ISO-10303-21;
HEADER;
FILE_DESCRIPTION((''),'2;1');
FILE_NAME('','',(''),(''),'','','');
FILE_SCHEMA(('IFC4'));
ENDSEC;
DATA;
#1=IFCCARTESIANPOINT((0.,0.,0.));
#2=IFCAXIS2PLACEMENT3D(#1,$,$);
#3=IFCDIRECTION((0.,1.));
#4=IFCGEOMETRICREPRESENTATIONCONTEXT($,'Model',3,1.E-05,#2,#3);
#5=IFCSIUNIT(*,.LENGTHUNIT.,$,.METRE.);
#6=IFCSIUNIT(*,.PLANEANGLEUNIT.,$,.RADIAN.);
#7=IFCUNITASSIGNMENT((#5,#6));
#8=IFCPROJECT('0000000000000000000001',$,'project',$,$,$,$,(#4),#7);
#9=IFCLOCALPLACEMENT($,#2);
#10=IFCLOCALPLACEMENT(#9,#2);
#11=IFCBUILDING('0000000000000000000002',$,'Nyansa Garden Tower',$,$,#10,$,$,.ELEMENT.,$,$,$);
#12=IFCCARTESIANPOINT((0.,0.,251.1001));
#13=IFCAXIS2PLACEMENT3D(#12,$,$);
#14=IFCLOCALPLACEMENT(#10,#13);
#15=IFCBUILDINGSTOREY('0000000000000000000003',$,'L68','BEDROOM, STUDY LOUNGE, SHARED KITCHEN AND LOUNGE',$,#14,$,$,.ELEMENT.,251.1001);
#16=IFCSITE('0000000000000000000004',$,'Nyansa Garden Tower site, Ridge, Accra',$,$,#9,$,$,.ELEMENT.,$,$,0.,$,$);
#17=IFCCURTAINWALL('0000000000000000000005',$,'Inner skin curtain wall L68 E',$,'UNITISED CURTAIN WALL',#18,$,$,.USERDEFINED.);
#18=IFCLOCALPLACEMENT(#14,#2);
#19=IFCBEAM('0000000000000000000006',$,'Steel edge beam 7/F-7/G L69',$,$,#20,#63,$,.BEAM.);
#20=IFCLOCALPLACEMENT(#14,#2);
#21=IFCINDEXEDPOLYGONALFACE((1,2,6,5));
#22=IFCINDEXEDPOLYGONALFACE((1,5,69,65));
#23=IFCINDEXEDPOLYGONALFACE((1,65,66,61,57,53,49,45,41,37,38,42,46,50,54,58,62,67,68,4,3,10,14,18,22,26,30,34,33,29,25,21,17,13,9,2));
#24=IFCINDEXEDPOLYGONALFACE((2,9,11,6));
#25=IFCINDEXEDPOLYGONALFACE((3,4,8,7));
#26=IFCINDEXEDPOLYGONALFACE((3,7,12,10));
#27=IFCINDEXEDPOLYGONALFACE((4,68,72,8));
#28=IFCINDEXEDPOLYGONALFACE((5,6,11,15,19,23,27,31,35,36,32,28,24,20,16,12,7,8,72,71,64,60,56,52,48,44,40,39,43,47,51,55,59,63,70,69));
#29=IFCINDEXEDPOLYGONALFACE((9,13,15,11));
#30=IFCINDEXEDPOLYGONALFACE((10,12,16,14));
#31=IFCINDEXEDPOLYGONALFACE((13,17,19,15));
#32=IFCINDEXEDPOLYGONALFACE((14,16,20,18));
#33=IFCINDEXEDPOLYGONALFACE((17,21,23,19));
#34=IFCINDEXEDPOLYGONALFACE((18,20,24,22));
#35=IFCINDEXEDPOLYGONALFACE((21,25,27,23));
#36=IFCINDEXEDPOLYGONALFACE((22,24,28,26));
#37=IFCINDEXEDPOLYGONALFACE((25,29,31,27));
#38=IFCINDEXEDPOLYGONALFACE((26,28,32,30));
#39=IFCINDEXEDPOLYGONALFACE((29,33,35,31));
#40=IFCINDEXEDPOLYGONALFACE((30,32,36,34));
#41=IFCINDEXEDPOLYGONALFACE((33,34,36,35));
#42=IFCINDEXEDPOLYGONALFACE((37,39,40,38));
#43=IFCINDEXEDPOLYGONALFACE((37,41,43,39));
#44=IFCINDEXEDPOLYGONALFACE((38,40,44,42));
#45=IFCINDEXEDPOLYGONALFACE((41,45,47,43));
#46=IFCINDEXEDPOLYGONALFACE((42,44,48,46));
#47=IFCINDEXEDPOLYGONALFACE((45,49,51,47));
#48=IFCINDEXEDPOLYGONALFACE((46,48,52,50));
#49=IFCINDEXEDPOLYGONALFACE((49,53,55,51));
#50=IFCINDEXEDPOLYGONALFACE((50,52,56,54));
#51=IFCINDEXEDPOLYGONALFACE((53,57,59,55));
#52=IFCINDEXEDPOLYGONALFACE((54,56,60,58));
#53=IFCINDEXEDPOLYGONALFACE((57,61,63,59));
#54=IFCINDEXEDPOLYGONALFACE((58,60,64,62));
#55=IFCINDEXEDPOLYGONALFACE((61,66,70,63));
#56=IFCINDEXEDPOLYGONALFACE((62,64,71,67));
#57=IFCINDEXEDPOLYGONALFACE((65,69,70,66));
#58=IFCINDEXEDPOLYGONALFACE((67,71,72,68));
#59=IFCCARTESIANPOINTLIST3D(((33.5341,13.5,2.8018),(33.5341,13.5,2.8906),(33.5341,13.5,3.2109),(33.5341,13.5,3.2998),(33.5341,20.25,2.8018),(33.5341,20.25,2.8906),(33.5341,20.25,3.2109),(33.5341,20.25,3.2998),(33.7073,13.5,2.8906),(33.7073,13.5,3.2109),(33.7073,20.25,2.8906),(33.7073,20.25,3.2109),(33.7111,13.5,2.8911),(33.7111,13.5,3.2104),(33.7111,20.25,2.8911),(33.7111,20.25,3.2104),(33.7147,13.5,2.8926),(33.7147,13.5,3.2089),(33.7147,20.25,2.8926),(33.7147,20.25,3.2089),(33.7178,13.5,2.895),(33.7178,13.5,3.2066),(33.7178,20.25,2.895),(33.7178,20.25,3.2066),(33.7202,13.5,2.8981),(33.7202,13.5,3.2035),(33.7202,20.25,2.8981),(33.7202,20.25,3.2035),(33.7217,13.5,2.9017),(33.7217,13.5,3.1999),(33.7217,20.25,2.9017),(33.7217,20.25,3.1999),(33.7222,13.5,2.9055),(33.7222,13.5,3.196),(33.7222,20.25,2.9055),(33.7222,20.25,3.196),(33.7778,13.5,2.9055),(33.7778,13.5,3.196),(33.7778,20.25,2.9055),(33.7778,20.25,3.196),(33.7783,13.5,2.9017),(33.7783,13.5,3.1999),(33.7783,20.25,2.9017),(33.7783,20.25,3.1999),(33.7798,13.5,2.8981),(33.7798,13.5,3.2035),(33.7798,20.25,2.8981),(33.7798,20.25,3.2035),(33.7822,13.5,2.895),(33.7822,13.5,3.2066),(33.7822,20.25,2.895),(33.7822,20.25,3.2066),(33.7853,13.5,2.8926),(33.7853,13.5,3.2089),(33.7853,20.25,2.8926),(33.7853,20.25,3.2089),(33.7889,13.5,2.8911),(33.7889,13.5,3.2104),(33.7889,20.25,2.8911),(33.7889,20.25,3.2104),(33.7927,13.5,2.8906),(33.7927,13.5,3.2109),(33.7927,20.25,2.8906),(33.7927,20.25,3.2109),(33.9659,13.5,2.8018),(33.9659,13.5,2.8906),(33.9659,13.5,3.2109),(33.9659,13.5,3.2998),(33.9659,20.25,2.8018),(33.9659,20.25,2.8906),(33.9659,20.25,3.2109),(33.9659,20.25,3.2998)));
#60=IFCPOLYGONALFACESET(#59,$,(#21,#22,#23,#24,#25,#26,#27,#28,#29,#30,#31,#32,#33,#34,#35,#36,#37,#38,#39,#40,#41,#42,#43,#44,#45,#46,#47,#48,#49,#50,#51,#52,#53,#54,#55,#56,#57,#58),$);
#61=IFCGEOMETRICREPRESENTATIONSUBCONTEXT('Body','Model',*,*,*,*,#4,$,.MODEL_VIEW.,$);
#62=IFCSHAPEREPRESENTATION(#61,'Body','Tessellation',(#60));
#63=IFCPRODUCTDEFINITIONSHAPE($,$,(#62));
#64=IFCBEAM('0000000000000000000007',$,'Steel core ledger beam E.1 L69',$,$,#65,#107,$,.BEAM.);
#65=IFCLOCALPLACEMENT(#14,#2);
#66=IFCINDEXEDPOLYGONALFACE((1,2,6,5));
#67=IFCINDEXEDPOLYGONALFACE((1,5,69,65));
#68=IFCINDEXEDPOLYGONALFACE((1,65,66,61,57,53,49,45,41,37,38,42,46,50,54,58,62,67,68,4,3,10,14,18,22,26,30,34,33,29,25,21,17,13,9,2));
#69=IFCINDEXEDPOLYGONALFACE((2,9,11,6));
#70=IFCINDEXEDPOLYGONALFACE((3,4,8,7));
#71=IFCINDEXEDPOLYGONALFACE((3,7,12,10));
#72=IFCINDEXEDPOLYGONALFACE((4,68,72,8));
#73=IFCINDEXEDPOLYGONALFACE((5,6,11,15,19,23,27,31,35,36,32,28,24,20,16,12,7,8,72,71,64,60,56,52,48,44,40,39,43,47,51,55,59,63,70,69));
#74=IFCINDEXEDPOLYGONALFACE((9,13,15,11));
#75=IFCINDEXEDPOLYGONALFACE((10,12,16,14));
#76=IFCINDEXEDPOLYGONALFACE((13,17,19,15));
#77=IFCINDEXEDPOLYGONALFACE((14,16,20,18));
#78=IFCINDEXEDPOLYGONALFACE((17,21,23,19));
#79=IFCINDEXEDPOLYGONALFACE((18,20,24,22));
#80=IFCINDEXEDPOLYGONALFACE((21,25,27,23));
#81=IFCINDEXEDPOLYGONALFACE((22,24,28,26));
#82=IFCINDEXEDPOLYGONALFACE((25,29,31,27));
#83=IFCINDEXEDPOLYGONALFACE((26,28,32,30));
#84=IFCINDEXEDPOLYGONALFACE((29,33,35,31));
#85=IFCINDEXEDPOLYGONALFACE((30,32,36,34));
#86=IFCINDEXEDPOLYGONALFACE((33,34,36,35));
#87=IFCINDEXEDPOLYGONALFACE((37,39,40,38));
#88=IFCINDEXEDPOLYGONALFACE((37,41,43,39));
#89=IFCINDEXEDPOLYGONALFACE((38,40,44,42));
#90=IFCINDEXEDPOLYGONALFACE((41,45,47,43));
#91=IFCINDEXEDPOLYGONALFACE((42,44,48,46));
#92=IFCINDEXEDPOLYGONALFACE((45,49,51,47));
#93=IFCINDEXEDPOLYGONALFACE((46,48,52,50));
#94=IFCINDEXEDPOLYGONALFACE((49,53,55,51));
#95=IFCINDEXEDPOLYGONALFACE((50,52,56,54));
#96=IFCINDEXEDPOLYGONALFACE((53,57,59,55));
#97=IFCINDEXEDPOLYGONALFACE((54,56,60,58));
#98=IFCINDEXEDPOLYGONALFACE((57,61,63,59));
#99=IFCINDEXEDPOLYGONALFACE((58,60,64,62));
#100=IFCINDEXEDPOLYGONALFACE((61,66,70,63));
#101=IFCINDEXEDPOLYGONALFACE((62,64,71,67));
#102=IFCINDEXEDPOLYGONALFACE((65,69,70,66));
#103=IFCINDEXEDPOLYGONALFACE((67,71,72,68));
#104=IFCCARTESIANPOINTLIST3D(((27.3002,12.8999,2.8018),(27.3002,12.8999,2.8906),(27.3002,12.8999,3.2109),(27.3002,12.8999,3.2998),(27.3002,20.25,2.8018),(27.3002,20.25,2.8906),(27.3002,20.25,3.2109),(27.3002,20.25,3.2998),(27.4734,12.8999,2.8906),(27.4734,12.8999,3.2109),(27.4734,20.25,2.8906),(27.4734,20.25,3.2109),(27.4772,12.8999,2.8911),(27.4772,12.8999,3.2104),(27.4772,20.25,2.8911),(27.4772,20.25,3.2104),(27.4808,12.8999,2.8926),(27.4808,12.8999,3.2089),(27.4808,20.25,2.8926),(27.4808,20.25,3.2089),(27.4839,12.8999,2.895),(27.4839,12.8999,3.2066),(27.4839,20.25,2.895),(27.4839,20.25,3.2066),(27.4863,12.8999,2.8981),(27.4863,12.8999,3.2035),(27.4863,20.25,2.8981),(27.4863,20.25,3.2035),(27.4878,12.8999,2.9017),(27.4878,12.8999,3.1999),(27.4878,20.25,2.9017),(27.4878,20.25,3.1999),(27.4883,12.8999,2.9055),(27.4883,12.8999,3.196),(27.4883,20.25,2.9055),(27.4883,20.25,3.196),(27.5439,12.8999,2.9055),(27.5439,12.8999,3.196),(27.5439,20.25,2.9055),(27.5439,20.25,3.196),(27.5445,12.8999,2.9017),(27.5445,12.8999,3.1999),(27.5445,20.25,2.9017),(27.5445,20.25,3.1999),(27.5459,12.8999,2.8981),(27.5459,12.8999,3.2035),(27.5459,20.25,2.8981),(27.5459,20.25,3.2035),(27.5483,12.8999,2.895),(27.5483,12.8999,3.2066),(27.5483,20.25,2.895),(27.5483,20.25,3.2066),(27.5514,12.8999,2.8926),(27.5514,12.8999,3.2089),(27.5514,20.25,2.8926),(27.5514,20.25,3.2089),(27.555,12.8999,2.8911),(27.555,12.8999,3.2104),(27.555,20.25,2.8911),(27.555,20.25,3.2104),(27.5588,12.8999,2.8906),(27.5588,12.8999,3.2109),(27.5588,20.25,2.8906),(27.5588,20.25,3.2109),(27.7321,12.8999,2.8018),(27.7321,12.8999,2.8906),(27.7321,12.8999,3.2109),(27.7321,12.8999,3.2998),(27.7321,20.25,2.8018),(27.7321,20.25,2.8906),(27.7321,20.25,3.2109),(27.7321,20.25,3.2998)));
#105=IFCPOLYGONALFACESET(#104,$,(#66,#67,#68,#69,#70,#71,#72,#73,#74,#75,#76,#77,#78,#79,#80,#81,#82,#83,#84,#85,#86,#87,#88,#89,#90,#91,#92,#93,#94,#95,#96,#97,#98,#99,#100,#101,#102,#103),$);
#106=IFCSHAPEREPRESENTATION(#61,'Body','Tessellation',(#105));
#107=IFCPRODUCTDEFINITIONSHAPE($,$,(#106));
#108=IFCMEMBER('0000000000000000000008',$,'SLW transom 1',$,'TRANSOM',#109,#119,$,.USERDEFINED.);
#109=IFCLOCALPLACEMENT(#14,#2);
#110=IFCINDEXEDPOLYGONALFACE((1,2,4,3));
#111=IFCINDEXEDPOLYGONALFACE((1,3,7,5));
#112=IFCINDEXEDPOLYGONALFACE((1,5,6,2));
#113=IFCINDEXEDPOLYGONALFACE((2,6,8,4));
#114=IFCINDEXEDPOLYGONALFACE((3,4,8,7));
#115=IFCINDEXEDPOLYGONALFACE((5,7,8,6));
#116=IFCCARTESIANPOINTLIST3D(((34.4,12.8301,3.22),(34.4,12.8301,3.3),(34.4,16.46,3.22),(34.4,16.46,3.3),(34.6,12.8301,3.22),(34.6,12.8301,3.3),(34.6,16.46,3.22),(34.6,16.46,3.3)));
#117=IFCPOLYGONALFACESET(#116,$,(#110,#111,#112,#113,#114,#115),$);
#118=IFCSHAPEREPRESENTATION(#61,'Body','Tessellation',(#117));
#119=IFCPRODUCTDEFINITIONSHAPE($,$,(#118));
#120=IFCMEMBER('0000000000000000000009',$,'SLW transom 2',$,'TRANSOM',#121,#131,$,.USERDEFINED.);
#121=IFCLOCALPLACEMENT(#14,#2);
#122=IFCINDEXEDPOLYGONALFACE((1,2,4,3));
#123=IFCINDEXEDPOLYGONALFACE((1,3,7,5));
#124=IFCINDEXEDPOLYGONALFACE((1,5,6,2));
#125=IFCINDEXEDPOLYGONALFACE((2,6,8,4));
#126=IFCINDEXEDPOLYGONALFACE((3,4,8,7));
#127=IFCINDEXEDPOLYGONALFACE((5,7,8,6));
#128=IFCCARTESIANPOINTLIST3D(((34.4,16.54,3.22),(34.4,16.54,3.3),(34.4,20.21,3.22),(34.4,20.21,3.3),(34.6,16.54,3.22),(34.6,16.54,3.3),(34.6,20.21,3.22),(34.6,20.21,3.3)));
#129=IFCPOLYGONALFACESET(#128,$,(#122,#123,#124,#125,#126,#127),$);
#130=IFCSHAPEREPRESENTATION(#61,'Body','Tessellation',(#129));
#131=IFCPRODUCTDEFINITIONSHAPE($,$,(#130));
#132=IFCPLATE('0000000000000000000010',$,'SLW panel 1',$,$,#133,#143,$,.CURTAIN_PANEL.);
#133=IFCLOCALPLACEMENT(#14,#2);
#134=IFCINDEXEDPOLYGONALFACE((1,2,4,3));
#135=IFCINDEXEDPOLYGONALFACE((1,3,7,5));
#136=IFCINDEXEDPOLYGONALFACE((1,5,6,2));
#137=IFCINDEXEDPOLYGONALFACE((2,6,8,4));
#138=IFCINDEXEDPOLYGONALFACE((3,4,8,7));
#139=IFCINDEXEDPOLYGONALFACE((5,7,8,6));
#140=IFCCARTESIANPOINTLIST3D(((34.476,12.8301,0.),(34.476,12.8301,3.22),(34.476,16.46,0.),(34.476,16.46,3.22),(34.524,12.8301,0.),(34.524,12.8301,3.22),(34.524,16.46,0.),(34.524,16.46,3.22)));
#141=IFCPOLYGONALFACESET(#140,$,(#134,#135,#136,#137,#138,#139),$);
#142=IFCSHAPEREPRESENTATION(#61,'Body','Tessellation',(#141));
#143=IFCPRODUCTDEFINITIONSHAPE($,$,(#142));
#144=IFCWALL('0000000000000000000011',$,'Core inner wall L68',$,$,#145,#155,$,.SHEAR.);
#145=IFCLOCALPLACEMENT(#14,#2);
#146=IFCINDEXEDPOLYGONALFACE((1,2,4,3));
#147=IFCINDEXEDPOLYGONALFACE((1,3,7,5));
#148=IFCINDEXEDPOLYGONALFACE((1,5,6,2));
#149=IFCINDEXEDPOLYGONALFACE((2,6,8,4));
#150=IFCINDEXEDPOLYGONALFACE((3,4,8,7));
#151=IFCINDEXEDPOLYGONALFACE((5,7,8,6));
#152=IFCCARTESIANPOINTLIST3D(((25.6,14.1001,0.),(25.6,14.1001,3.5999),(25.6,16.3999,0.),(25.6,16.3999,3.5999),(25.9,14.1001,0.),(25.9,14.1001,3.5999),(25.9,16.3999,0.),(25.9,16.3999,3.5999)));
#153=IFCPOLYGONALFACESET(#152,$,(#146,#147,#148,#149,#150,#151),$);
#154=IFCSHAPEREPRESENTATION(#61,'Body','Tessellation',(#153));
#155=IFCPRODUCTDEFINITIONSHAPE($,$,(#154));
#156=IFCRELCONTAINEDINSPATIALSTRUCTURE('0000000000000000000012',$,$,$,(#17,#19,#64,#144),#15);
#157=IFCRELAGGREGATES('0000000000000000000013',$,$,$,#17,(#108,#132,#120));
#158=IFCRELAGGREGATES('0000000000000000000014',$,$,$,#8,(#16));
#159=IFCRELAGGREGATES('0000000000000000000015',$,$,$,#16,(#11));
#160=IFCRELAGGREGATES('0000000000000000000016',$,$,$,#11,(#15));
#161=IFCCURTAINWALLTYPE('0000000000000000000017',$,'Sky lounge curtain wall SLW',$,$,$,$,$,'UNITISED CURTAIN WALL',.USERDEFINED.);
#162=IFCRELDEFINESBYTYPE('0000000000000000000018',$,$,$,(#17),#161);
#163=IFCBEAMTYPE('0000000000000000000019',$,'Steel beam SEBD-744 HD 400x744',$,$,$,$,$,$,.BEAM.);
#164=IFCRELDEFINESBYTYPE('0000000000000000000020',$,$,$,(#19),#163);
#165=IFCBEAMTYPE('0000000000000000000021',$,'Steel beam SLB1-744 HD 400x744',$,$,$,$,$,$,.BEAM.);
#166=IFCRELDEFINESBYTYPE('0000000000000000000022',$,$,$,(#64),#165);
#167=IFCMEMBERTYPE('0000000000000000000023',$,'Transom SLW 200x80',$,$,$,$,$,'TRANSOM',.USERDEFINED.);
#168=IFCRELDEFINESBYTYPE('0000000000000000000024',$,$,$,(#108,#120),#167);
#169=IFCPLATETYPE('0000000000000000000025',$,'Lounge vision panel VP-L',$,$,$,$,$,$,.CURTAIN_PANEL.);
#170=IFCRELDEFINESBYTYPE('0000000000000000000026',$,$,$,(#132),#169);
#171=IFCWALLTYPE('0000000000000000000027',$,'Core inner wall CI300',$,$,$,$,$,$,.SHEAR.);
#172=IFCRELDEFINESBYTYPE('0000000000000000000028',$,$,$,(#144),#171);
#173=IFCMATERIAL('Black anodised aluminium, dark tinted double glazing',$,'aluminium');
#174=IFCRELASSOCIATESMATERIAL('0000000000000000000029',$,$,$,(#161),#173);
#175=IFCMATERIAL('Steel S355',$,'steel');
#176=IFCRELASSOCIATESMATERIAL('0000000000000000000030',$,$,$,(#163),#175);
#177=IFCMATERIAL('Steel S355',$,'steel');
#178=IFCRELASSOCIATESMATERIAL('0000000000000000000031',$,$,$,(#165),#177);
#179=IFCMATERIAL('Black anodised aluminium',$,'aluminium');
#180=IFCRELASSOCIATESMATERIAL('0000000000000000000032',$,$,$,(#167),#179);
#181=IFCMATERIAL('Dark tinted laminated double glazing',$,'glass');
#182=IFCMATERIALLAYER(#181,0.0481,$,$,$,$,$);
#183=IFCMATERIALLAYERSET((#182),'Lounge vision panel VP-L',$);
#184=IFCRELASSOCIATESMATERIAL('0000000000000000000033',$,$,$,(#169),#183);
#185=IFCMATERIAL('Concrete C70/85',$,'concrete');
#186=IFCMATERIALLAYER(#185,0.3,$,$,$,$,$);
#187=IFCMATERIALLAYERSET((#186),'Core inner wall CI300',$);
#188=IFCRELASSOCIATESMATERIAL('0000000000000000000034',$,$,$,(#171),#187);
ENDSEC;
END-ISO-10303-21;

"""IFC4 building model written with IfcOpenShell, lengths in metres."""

from ifc_helpers import new_model, si_unit, direction, frame, frame_2d, origin, origin_2d, place, context, subcontext, project, spatial, rectangle, i_section, extrude, material, layer, layer_set, material_profile, profile_set, type_object, element, aggregate, save


model = new_model("IFC4")

# Units and contexts
model_context = context("Model", 3, precision=1e-05, world=origin(), true_north=direction((0.0, 1.0)))
body_context = subcontext(model_context, "Body", "Model", "MODEL_VIEW")
ifc_project = project(units=[si_unit("LENGTHUNIT", "METRE"), si_unit("PLANEANGLEUNIT", "RADIAN")], contexts=[model_context])

# Site, building, storey
site_placement = place(None, origin())
site = spatial("IfcSite", under=ifc_project, at=site_placement, Name="Nyansa Garden Tower site, Ridge, Accra", CompositionType="ELEMENT", RefElevation=0.0)
building_placement = place(site_placement, origin())
building = spatial("IfcBuilding", under=site, at=building_placement, Name="Nyansa Garden Tower", CompositionType="ELEMENT")
storey_placement = place(building_placement, frame((0.0, 0.0, 251.1001)))
storey = spatial("IfcBuildingStorey", under=building, at=storey_placement, Name="L68", Description="BEDROOM, STUDY LOUNGE, SHARED KITCHEN AND LOUNGE", CompositionType="ELEMENT", Elevation=251.1001)

# Curtain wall
ifc_material_1 = material(Name="Black anodised aluminium, dark tinted double glazing", Category="aluminium")
curtain_wall_type = type_object("IfcCurtainWallType", Name="Sky lounge curtain wall SLW", ElementType="UNITISED CURTAIN WALL", PredefinedType="USERDEFINED", material=ifc_material_1)
curtain_wall_placement = place(storey_placement, origin())
curtain_wall = element("IfcCurtainWall", 1, at=curtain_wall_placement, inside=storey, type_object=curtain_wall_type, Name="Inner skin curtain wall L68 E", ObjectType="UNITISED CURTAIN WALL", PredefinedType="USERDEFINED")

# Beams
ifc_material_2 = material(Name="Steel S355", Category="steel")
ifc_material_profile_1 = material_profile(ifc_material_2, i_section(OverallWidth=0.4319, OverallDepth=0.498, WebThickness=0.0557, FlangeThickness=0.0889, FilletRadius=0.0149, at=origin_2d()), Name="HD 400x744")
ifc_profile_set_1 = profile_set([ifc_material_profile_1], Name="Steel S355")
beam_type_1 = type_object("IfcBeamType", Name="Steel beam SEBD-744 HD 400x744", PredefinedType="BEAM", material=ifc_profile_set_1)
beam_1_placement = place(storey_placement, frame((33.75, 13.5, 3.0508), z_axis=(0.0, 1.0, 0.0), x_axis=(-1.0, 0.0, 0.0)))
element("IfcBeam", 2, at=beam_1_placement, inside=storey, type_object=beam_type_1, Name="Steel edge beam 7/F-7/G L69", PredefinedType="BEAM", context=body_context, shape_type="SweptSolid", body=[
    extrude(i_section(OverallWidth=0.4319, OverallDepth=0.498, WebThickness=0.0557, FlangeThickness=0.0889, FilletRadius=0.0149, at=origin_2d()), origin(), (0.0, 0.0, 1.0), 6.75),
])
ifc_material_3 = material(Name="Steel S355", Category="steel")
ifc_material_profile_2 = material_profile(ifc_material_3, i_section(OverallWidth=0.4319, OverallDepth=0.498, WebThickness=0.0557, FlangeThickness=0.0889, FilletRadius=0.0149, at=origin_2d()), Name="HD 400x744")
ifc_profile_set_2 = profile_set([ifc_material_profile_2], Name="Steel S355")
beam_type_2 = type_object("IfcBeamType", Name="Steel beam SLB1-744 HD 400x744", PredefinedType="BEAM", material=ifc_profile_set_2)
beam_2_placement = place(storey_placement, frame((27.5161, 12.8999, 3.0508), z_axis=(0.0, 1.0, 0.0), x_axis=(-1.0, 0.0, 0.0)))
element("IfcBeam", 3, at=beam_2_placement, inside=storey, type_object=beam_type_2, Name="Steel core ledger beam E.1 L69", PredefinedType="BEAM", context=body_context, shape_type="SweptSolid", body=[
    extrude(i_section(OverallWidth=0.4319, OverallDepth=0.498, WebThickness=0.0557, FlangeThickness=0.0889, FilletRadius=0.0149, at=origin_2d()), origin(), (0.0, 0.0, 1.0), 7.3501),
])

# Members
ifc_material_4 = material(Name="Black anodised aluminium", Category="aluminium")
ifc_material_profile_3 = material_profile(ifc_material_4, rectangle(XDim=0.2, YDim=0.0801, at=origin_2d()), Name="Transom 200x80")
ifc_profile_set_3 = profile_set([ifc_material_profile_3], Name="Black anodised aluminium")
member_type_1 = type_object("IfcMemberType", Name="Transom SLW 200x80", ElementType="TRANSOM", PredefinedType="USERDEFINED", material=ifc_profile_set_3)
member_1_placement = place(storey_placement, frame((34.5, 12.8301, 3.26), z_axis=(0.0, 1.0, 0.0), x_axis=(-1.0, 0.0, 0.0)))
member_1 = element("IfcMember", 4, at=member_1_placement, type_object=member_type_1, Name="SLW transom 1", ObjectType="TRANSOM", PredefinedType="USERDEFINED", context=body_context, shape_type="SweptSolid", body=[
    extrude(rectangle(XDim=0.2, YDim=0.0801, at=origin_2d()), origin(), (0.0, 0.0, 1.0), 3.6299),
])
member_2_placement = place(storey_placement, frame((34.5, 16.54, 3.26), z_axis=(0.0, 1.0, 0.0), x_axis=(-1.0, 0.0, 0.0)))
member_2 = element("IfcMember", 5, at=member_2_placement, type_object=member_type_1, Name="SLW transom 2", ObjectType="TRANSOM", PredefinedType="USERDEFINED", context=body_context, shape_type="SweptSolid", body=[
    extrude(rectangle(XDim=0.2, YDim=0.0801, at=origin_2d()), origin(), (0.0, 0.0, 1.0), 3.6699),
])

# Plate
ifc_material_5 = material(Name="Dark tinted laminated double glazing", Category="glass")
ifc_layer_1 = layer(ifc_material_5, 0.0481)
ifc_layer_set_1 = layer_set([ifc_layer_1], Name="Lounge vision panel VP-L")
plate_type = type_object("IfcPlateType", Name="Lounge vision panel VP-L", PredefinedType="CURTAIN_PANEL", material=ifc_layer_set_1)
plate_placement = place(storey_placement, frame((34.5, 14.645, 0.0), z_axis=(0.0, 0.0, 1.0), x_axis=(0.0, 1.0, 0.0)))
plate = element("IfcPlate", 6, at=plate_placement, type_object=plate_type, Name="SLW panel 1", PredefinedType="CURTAIN_PANEL", context=body_context, shape_type="SweptSolid", body=[
    extrude(rectangle(XDim=3.6299, YDim=0.0481, at=origin_2d()), origin(), (0.0, 0.0, 1.0), 3.22),
])
aggregate(curtain_wall, [member_1, plate, member_2])

# Wall
ifc_material_6 = material(Name="Concrete C70/85", Category="concrete")
ifc_layer_2 = layer(ifc_material_6, 0.3)
ifc_layer_set_2 = layer_set([ifc_layer_2], Name="Core inner wall CI300")
wall_type_1 = type_object("IfcWallType", Name="Core inner wall CI300", PredefinedType="SHEAR", material=ifc_layer_set_2)
wall_1_placement = place(storey_placement, frame((25.75, 14.1001, 0.0), z_axis=(0.0, 0.0, 1.0), x_axis=(0.0, 1.0, 0.0)))
element("IfcWall", 7, at=wall_1_placement, inside=storey, type_object=wall_type_1, Name="Core inner wall L68", PredefinedType="SHEAR", context=body_context, shape_type="SweptSolid", body=[
    extrude(rectangle(XDim=2.2998, YDim=0.3, at=frame_2d((1.1499, 0.0))), origin(), (0.0, 0.0, 1.0), 3.5999),
])

save(model, "model.ifc")
